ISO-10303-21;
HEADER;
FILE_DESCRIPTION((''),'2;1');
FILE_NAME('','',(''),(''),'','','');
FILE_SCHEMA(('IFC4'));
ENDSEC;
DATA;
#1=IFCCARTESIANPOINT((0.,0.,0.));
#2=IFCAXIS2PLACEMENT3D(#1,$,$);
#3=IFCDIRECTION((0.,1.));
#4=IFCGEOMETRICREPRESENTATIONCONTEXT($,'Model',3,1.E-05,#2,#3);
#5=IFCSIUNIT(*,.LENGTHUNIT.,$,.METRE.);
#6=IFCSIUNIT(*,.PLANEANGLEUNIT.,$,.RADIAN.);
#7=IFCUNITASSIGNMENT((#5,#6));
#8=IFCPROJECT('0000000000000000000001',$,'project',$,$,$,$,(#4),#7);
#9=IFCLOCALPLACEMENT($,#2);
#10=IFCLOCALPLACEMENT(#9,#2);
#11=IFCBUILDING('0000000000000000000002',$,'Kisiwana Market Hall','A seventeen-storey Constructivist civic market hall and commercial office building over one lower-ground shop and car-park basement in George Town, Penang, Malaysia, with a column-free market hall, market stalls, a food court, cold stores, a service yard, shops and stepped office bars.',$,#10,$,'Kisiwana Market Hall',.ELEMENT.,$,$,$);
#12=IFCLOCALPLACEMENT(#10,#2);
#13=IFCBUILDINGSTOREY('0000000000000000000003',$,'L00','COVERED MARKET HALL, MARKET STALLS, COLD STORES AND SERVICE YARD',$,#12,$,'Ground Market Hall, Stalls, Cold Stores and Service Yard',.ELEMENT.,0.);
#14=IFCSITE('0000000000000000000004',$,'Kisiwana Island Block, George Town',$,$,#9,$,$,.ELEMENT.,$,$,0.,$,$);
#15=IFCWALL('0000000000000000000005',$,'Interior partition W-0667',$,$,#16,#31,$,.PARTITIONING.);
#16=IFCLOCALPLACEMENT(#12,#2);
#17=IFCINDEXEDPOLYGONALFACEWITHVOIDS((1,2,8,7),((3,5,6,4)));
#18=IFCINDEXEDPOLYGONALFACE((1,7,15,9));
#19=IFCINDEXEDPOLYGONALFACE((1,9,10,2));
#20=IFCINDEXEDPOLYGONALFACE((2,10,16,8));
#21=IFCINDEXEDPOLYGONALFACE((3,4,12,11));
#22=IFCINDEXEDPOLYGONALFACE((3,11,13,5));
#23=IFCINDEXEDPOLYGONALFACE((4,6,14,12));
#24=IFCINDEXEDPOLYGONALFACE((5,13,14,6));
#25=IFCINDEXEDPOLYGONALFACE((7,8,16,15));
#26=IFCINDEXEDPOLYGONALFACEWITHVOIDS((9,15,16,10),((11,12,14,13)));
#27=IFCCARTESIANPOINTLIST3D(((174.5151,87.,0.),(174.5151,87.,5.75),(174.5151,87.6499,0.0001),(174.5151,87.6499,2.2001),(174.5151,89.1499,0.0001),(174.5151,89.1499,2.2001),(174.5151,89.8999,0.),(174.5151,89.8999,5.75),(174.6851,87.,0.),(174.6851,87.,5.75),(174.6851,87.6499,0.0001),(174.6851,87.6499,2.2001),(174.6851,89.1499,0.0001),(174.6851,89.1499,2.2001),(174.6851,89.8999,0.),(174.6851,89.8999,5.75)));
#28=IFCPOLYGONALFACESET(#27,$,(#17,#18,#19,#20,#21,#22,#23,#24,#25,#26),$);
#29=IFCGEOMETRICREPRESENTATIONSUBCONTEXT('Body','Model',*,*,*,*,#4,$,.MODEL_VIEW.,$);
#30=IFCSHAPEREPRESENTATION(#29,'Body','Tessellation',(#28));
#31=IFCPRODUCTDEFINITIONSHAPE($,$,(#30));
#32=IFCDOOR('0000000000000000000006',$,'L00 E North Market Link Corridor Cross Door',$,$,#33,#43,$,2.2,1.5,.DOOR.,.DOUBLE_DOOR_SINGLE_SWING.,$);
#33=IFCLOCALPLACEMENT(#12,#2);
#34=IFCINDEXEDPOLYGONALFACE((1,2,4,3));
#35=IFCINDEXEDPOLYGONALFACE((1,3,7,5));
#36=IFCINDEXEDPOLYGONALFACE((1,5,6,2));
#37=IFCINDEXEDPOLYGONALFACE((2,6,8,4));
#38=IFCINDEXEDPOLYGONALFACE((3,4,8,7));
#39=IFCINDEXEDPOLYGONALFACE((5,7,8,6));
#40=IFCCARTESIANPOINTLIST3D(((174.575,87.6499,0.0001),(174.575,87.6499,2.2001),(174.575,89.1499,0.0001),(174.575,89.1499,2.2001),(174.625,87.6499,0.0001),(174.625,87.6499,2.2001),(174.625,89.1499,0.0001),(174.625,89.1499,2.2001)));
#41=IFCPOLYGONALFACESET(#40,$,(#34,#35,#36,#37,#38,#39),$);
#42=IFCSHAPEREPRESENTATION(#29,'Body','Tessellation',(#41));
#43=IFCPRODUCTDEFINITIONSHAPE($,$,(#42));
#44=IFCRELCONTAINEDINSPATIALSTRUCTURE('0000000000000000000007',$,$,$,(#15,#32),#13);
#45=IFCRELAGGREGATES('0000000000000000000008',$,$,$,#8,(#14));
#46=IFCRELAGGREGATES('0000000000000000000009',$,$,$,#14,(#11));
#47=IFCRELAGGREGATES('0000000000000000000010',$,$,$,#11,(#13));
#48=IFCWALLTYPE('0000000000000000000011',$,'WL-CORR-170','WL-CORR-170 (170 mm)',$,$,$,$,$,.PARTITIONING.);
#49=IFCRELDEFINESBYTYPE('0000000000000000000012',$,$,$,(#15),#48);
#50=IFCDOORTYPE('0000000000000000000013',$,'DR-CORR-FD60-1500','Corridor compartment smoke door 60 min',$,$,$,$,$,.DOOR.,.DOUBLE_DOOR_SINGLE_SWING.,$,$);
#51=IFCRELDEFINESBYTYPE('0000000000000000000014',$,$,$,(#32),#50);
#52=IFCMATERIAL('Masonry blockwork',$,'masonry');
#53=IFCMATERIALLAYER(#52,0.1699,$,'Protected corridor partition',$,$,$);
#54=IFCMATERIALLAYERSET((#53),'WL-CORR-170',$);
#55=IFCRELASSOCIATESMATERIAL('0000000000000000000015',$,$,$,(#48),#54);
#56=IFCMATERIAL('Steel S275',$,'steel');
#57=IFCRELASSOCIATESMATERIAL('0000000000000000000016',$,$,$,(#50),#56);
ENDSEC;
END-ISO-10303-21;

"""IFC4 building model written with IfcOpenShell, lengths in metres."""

from ifc_helpers import new_model, si_unit, direction, frame, frame_2d, origin, place, context, subcontext, project, spatial, rectangle, extrude, material, layer, layer_set, type_object, element, fill, save


model = new_model("IFC4")

# Units and contexts
model_context = context("Model", 3, precision=1e-05, world=origin(), true_north=direction((0.0, 1.0)))
body_context = subcontext(model_context, "Body", "Model", "MODEL_VIEW")
ifc_project = project(units=[si_unit("LENGTHUNIT", "METRE"), si_unit("PLANEANGLEUNIT", "RADIAN")], contexts=[model_context])

# Site, building, storey
site_placement = place(None, origin())
site = spatial("IfcSite", under=ifc_project, at=site_placement, Name="Kisiwana Island Block, George Town", CompositionType="ELEMENT", RefElevation=0.0)
building_placement = place(site_placement, origin())
building = spatial("IfcBuilding", under=site, at=building_placement, Name="Kisiwana Market Hall", Description="A seventeen-storey Constructivist civic market hall and commercial office building over one lower-ground shop and car-park basement in George Town, Penang, Malaysia, with a column-free market hall, market stalls, a food court, cold stores, a service yard, shops and stepped office bars.", LongName="Kisiwana Market Hall", CompositionType="ELEMENT")
storey_placement = place(building_placement, origin())
storey = spatial("IfcBuildingStorey", under=building, at=storey_placement, Name="L00", Description="COVERED MARKET HALL, MARKET STALLS, COLD STORES AND SERVICE YARD", LongName="Ground Market Hall, Stalls, Cold Stores and Service Yard", CompositionType="ELEMENT", Elevation=0.0)

# Shared definitions
ifc_material_1 = material(Name="Masonry blockwork", Category="masonry")
ifc_layer_1 = layer(ifc_material_1, 0.1699, Name="Protected corridor partition")
ifc_layer_set_1 = layer_set([ifc_layer_1], Name="WL-CORR-170")
wall_type_1 = type_object("IfcWallType", Name="WL-CORR-170", Description="WL-CORR-170 (170 mm)", PredefinedType="PARTITIONING", material=ifc_layer_set_1)

# Wall, opening, door
wall_1_placement = place(storey_placement, frame((174.6001, 87.0, 0.0), z_axis=(0.0, 0.0, 1.0), x_axis=(0.0, 1.0, 0.0)))
wall_1 = element("IfcWall", 1, at=wall_1_placement, inside=storey, type_object=wall_type_1, Name="Interior partition W-0667", PredefinedType="PARTITIONING", context=body_context, shape_type="SweptSolid", body=[
    extrude(rectangle(XDim=2.8999, YDim=0.1699, at=frame_2d((1.45, 0.0))), origin(), (0.0, 0.0, 1.0), 5.75),
])
opening_1_placement = place(wall_1_placement, frame((0.6499, 0.0, 0.0)))
opening_1 = element("IfcOpeningElement", 2, at=opening_1_placement, cuts=wall_1, PredefinedType="OPENING", context=body_context, shape_type="SweptSolid", body=[
    extrude(rectangle(XDim=1.5, YDim=2.2, at=frame_2d((0.75, 1.1001))), frame((0.0, 0.0969, 0.0), z_axis=(0.0, -1.0, 0.0), x_axis=(1.0, 0.0, 0.0)), (0.0, 0.0, 1.0), 0.1938),
])
ifc_material_2 = material(Name="Steel S275", Category="steel")
door_type_1 = type_object("IfcDoorType", Name="DR-CORR-FD60-1500", Description="Corridor compartment smoke door 60 min", OperationType="DOUBLE_DOOR_SINGLE_SWING", PredefinedType="DOOR", material=ifc_material_2)
door_1_placement = place(opening_1_placement, frame((1.5, 0.0, 0.0), z_axis=(0.0, 0.0, 1.0), x_axis=(-1.0, 0.0, 0.0)))
door_1 = element("IfcDoor", 3, at=door_1_placement, inside=storey, type_object=door_type_1, Name="L00 E North Market Link Corridor Cross Door", OperationType="DOUBLE_DOOR_SINGLE_SWING", OverallHeight=2.2, OverallWidth=1.5, PredefinedType="DOOR", context=body_context, shape_type="SweptSolid", body=[
    extrude(rectangle(XDim=1.5, YDim=2.2, at=frame_2d((0.75, 1.1001))), frame((0.0, 0.0249, 0.0), z_axis=(0.0, -1.0, 0.0), x_axis=(1.0, 0.0, 0.0)), (0.0, 0.0, 1.0), 0.05),
])
fill(opening_1, door_1)

save(model, "model.ifc")
